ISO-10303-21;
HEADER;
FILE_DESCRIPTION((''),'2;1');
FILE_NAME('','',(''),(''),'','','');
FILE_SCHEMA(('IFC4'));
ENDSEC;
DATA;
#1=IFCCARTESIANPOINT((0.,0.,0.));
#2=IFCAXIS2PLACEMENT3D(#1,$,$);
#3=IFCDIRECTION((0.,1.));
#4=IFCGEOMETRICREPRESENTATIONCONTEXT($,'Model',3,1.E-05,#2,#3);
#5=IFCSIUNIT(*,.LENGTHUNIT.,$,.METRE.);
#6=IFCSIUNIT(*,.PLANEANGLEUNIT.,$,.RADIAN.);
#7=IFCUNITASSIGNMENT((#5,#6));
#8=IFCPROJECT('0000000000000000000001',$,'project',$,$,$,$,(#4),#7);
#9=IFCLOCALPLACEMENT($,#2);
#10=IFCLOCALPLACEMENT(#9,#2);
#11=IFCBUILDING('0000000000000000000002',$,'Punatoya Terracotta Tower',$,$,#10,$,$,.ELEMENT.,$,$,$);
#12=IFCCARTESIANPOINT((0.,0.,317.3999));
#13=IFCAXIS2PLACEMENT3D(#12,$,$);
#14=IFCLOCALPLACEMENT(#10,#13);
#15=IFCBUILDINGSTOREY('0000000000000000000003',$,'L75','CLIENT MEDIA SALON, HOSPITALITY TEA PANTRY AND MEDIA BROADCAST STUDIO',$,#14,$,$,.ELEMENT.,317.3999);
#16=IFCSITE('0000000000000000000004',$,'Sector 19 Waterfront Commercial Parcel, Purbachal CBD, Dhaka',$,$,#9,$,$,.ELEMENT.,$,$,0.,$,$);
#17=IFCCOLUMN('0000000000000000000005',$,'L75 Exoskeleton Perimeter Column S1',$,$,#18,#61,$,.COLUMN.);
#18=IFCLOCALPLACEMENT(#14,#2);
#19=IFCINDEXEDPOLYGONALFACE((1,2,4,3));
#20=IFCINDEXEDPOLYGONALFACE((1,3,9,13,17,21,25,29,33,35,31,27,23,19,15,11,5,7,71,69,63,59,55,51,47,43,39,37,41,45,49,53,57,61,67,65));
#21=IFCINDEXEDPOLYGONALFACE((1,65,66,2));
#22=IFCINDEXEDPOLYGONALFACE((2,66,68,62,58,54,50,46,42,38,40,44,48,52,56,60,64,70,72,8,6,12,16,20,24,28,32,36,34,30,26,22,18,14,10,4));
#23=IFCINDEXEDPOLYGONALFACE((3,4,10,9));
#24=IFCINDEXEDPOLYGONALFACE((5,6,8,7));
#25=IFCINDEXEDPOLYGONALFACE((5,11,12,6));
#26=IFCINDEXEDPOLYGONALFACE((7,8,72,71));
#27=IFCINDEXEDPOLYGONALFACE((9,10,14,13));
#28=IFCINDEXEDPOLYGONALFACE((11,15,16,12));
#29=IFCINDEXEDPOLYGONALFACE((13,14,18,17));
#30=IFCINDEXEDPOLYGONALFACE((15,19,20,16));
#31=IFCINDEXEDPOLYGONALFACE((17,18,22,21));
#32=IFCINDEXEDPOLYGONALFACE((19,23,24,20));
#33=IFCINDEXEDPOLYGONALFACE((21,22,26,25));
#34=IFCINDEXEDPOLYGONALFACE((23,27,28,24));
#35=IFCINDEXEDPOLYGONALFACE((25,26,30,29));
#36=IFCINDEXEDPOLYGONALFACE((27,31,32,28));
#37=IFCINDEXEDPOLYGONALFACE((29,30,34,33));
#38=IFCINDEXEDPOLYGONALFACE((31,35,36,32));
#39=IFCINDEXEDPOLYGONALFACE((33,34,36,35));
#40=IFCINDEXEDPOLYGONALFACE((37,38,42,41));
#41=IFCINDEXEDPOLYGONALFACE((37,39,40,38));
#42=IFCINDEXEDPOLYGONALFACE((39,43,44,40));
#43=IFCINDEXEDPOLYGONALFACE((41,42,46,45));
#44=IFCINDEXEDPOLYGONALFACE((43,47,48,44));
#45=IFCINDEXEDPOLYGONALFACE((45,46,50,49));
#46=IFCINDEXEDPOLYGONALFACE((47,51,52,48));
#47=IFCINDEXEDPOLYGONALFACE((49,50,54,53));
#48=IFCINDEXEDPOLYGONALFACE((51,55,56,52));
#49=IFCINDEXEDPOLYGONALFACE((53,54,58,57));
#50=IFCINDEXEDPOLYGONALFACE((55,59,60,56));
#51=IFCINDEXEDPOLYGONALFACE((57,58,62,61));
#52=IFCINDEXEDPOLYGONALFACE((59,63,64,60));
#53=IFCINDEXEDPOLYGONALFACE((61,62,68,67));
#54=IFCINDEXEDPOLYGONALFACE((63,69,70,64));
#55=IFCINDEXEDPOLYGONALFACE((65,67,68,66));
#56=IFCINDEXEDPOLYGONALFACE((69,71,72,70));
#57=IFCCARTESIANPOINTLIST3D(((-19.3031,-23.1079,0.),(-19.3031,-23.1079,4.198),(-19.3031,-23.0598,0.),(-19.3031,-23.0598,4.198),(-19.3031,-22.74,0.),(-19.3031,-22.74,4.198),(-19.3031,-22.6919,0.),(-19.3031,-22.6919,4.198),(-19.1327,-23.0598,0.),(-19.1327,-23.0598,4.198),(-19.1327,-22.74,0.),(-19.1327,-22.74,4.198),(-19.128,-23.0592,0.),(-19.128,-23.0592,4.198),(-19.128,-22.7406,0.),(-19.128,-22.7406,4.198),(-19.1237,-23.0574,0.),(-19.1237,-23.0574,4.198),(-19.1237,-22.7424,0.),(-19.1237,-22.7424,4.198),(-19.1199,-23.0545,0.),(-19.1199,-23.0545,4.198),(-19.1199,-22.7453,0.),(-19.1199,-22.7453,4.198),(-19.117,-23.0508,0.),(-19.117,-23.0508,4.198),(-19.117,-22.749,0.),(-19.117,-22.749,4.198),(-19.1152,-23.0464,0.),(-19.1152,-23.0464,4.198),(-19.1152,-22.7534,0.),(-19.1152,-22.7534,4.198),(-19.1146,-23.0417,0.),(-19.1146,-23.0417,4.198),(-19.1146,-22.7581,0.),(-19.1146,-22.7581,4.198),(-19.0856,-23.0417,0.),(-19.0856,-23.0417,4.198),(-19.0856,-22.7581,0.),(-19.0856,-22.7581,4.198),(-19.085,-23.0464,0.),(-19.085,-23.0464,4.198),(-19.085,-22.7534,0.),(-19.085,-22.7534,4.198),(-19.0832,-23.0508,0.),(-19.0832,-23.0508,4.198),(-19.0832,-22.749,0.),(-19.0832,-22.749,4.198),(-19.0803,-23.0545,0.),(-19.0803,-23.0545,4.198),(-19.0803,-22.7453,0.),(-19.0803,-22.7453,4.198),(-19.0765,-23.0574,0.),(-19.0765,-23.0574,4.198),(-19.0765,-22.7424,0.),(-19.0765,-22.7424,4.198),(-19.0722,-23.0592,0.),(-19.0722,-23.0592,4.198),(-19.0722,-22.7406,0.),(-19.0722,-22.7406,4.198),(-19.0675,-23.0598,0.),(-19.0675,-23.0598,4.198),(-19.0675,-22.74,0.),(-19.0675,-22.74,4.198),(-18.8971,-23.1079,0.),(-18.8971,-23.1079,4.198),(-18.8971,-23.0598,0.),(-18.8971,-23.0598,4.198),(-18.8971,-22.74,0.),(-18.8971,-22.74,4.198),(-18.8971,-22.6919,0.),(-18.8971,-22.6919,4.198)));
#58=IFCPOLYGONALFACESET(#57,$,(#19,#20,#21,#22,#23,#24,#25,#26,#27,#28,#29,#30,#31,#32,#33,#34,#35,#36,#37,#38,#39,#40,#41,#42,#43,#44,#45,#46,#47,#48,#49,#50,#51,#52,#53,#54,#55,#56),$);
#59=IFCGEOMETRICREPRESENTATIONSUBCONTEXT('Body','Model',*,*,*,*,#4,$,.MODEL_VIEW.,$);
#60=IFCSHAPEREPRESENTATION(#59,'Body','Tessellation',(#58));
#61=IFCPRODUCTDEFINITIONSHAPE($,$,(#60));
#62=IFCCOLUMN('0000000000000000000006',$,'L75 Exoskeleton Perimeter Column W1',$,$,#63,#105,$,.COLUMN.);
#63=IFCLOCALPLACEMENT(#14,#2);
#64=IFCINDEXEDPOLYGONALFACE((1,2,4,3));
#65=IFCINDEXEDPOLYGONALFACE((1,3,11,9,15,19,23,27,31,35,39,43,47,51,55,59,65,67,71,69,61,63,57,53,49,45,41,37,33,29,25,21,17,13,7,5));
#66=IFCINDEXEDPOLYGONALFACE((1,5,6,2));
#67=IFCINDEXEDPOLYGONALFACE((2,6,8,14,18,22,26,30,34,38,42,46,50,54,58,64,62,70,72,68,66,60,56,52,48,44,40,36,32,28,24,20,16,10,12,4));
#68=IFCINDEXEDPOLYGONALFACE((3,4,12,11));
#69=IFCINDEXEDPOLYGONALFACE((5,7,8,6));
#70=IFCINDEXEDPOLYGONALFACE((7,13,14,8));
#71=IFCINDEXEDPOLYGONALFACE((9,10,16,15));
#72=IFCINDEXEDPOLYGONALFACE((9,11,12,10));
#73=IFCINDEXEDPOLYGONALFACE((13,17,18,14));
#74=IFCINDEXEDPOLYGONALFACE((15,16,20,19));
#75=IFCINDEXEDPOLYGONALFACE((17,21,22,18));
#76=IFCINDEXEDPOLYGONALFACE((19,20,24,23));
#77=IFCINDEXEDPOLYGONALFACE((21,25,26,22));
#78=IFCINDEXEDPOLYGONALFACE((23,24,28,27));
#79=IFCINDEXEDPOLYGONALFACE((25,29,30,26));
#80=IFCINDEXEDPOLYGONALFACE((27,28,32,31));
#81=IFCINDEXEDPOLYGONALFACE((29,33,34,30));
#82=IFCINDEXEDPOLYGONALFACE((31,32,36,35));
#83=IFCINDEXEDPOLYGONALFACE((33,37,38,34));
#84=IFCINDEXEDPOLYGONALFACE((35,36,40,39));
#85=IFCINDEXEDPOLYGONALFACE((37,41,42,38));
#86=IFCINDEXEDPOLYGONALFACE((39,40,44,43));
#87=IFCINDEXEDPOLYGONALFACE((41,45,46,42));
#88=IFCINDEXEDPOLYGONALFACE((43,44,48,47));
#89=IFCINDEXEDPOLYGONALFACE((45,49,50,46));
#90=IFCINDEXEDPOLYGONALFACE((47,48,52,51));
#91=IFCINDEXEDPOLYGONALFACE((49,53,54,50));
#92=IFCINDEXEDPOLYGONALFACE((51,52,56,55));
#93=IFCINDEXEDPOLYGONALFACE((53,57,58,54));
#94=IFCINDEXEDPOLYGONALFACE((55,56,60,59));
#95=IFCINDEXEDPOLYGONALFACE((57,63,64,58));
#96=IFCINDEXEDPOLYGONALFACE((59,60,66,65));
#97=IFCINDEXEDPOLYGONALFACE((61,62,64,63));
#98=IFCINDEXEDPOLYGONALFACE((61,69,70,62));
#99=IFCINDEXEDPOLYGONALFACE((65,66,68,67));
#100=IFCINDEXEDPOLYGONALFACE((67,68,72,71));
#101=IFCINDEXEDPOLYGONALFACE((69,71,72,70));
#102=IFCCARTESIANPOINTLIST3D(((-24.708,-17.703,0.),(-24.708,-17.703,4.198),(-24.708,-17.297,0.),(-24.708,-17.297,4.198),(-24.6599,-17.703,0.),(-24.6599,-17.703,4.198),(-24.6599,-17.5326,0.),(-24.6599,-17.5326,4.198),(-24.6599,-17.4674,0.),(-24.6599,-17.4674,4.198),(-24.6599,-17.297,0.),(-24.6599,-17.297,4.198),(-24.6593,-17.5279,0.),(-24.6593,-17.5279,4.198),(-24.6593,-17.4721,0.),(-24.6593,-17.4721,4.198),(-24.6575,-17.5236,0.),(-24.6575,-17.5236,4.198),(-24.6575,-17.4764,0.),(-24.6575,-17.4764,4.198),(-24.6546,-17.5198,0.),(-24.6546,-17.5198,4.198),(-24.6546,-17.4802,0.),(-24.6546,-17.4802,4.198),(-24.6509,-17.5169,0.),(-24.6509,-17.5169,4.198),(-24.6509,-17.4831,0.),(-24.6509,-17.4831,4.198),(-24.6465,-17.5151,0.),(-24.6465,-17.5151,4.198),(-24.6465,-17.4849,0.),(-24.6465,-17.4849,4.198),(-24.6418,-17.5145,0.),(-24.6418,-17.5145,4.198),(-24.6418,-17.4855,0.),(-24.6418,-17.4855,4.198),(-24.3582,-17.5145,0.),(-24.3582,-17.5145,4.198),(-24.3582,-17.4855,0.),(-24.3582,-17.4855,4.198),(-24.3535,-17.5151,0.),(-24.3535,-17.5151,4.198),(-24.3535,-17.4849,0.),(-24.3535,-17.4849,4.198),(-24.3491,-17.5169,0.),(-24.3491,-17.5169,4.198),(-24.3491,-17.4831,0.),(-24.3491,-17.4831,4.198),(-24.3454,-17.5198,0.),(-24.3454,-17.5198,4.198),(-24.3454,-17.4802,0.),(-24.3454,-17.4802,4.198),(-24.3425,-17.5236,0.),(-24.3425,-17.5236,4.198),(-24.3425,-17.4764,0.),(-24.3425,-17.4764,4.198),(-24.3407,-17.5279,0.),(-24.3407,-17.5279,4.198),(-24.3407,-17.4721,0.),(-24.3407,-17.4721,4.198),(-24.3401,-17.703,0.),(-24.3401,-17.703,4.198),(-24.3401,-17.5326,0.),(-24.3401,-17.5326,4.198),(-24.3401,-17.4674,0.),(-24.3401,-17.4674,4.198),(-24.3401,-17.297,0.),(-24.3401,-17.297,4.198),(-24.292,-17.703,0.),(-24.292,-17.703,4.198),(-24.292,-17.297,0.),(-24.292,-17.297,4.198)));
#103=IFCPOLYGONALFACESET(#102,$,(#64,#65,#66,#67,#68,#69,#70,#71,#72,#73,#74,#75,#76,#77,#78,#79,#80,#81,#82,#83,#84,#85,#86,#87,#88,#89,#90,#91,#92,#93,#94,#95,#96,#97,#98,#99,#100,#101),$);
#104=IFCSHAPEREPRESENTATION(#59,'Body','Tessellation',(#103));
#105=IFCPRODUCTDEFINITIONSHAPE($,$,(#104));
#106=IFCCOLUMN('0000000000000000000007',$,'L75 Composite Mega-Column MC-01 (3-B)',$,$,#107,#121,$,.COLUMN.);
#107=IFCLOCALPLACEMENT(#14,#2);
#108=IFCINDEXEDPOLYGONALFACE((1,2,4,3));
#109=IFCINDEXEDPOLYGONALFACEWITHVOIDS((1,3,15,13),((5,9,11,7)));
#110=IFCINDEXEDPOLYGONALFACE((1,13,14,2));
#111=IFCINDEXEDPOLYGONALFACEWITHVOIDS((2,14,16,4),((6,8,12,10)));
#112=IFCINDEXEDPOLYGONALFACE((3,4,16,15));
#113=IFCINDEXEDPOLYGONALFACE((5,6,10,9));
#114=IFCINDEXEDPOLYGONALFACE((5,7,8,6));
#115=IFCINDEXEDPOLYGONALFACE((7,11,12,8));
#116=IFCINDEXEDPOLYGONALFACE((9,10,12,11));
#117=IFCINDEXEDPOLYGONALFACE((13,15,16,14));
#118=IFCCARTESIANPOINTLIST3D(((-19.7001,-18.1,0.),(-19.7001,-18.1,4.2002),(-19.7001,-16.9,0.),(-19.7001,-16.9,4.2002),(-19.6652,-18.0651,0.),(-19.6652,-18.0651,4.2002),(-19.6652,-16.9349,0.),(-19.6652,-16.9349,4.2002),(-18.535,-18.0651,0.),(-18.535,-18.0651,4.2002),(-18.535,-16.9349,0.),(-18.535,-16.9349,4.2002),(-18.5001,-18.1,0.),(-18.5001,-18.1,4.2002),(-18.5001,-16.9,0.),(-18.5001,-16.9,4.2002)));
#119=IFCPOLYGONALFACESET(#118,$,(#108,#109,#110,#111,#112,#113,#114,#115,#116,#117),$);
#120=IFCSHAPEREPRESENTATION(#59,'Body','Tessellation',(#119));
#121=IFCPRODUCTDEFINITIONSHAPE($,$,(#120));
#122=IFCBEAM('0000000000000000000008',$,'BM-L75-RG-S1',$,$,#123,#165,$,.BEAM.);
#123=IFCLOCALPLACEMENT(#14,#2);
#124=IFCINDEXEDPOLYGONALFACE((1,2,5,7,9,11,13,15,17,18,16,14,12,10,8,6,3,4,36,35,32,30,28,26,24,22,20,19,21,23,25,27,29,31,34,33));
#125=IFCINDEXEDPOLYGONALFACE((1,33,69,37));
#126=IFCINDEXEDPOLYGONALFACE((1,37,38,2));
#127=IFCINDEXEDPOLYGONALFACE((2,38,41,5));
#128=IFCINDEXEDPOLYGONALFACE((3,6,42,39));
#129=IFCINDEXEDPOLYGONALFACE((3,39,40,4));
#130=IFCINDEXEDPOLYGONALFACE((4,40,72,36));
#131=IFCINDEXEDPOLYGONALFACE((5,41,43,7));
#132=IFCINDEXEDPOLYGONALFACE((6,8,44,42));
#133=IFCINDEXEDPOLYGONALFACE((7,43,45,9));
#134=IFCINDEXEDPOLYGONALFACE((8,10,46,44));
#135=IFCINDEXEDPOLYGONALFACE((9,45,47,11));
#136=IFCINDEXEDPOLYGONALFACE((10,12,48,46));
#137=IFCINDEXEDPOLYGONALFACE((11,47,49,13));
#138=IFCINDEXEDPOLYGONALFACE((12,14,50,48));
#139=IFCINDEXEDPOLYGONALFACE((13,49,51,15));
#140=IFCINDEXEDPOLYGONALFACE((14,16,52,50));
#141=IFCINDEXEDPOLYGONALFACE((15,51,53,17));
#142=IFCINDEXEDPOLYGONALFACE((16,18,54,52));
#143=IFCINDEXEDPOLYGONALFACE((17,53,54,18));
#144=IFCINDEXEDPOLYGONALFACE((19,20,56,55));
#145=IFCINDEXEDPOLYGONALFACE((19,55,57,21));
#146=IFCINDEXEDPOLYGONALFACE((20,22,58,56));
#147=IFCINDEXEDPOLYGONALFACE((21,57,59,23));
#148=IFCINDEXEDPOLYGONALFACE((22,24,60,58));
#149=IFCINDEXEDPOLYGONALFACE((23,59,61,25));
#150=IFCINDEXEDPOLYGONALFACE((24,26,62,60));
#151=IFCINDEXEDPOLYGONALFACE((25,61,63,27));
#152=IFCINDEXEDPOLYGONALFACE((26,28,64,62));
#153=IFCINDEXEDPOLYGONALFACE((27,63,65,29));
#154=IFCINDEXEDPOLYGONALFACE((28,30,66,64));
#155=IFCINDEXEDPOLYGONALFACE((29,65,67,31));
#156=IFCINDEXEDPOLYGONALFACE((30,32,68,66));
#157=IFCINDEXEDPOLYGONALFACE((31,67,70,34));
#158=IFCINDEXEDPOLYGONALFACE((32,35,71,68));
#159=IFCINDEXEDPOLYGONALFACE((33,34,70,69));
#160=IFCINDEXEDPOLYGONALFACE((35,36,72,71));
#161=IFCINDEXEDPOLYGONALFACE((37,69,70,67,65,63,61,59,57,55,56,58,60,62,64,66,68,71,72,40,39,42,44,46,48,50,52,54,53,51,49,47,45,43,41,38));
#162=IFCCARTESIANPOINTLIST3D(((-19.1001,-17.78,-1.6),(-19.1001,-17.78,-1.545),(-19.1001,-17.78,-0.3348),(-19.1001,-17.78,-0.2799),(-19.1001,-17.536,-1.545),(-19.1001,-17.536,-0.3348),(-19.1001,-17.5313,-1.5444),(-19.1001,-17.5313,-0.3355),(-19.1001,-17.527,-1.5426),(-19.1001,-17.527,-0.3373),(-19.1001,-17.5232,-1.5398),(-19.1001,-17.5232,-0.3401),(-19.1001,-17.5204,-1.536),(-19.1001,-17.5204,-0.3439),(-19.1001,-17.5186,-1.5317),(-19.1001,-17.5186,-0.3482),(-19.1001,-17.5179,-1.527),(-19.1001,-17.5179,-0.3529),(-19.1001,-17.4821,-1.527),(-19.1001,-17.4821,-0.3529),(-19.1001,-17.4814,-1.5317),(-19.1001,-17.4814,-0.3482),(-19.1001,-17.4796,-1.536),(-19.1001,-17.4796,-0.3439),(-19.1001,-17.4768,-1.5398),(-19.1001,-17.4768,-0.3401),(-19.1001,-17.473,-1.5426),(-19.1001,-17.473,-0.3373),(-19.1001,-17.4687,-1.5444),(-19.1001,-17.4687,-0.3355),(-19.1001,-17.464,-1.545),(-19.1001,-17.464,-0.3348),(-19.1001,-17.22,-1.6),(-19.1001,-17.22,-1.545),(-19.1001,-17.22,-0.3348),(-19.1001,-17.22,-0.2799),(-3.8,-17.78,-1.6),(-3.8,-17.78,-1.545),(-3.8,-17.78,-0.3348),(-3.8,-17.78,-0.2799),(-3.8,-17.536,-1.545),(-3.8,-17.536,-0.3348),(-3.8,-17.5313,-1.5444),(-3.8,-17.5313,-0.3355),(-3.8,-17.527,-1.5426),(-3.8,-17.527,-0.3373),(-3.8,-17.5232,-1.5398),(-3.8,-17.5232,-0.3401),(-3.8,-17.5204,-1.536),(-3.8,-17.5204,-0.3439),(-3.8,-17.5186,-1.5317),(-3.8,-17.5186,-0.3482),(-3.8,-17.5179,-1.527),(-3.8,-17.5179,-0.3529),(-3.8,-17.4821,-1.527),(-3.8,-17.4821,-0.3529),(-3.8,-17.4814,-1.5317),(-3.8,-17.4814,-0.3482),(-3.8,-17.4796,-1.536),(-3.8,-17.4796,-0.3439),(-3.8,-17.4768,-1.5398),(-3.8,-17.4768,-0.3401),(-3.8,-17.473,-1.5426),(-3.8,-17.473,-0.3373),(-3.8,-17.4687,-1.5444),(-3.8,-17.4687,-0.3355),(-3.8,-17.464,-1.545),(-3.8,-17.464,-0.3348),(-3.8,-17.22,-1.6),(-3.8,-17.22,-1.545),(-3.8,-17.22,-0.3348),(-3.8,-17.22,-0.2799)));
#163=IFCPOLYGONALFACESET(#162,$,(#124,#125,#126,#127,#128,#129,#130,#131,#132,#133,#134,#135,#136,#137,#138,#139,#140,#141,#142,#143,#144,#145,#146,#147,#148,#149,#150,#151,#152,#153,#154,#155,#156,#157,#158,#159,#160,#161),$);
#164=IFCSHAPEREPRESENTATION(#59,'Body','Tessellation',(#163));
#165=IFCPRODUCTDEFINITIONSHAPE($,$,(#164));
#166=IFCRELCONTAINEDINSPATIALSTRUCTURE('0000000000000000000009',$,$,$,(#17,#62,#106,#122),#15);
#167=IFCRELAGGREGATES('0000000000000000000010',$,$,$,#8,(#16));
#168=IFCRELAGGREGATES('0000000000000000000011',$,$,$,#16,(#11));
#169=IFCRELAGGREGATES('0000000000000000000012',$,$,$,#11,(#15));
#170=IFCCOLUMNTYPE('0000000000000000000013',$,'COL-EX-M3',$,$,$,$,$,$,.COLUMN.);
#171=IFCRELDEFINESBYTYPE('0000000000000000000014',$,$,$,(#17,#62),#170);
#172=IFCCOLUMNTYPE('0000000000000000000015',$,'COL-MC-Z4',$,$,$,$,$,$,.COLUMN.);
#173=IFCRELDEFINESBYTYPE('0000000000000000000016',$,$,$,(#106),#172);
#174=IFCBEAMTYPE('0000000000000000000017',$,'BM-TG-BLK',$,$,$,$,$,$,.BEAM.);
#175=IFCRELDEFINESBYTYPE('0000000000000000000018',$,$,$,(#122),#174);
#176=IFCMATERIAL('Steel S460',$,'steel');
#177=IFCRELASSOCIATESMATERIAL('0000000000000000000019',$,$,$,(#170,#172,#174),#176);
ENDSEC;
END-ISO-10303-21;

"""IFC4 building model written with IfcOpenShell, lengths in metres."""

from ifc_helpers import new_model, si_unit, direction, frame, origin, origin_2d, place, context, subcontext, project, spatial, hollow_rectangle, i_section, extrude, material, material_profile, profile_set, type_object, element, save


model = new_model("IFC4")

# Units and contexts
model_context = context("Model", 3, precision=1e-05, world=origin(), true_north=direction((0.0, 1.0)))
body_context = subcontext(model_context, "Body", "Model", "MODEL_VIEW")
ifc_project = project(units=[si_unit("LENGTHUNIT", "METRE"), si_unit("PLANEANGLEUNIT", "RADIAN")], contexts=[model_context])

# Site, building, storey
site_placement = place(None, origin())
site = spatial("IfcSite", under=ifc_project, at=site_placement, Name="Sector 19 Waterfront Commercial Parcel, Purbachal CBD, Dhaka", CompositionType="ELEMENT", RefElevation=0.0)
building_placement = place(site_placement, origin())
building = spatial("IfcBuilding", under=site, at=building_placement, Name="Punatoya Terracotta Tower", CompositionType="ELEMENT")
storey_placement = place(building_placement, frame((0.0, 0.0, 317.3999)))
storey = spatial("IfcBuildingStorey", under=building, at=storey_placement, Name="L75", Description="CLIENT MEDIA SALON, HOSPITALITY TEA PANTRY AND MEDIA BROADCAST STUDIO", CompositionType="ELEMENT", Elevation=317.3999)

# Columns
ifc_material_1 = material(Name="Steel S460", Category="steel")
ifc_material_profile_1 = material_profile(ifc_material_1, i_section(OverallWidth=0.406, OverallDepth=0.416, WebThickness=0.0291, FlangeThickness=0.0481, FilletRadius=0.0181, at=origin_2d()))
ifc_profile_set_1 = profile_set([ifc_material_profile_1], Name="Steel S460")
column_type_1 = type_object("IfcColumnType", Name="COL-EX-M3", PredefinedType="COLUMN", material=ifc_profile_set_1)
for number, where, z_axis, x_axis, name in (
    (1, (-19.1001, -22.8999, 0.0), (0.0, 0.0, 1.0), (1.0, 0.0, 0.0), "L75 Exoskeleton Perimeter Column S1"),
    (2, (-24.5, -17.5, 0.0), (0.0, 0.0, 1.0), (0.0, 1.0, 0.0), "L75 Exoskeleton Perimeter Column W1"),
):
    element("IfcColumn", number, at=place(storey_placement, frame(where, z_axis=z_axis, x_axis=x_axis)), inside=storey, type_object=column_type_1, Name=name, PredefinedType="COLUMN", context=body_context, shape_type="SweptSolid", body=[
        extrude(i_section(OverallWidth=0.406, OverallDepth=0.416, WebThickness=0.0291, FlangeThickness=0.0481, FilletRadius=0.0181, at=origin_2d()), origin(), (0.0, 0.0, 1.0), 4.198),
    ])
ifc_material_profile_2 = material_profile(ifc_material_1, hollow_rectangle(XDim=1.2, YDim=1.2, WallThickness=0.0349, at=origin_2d()))
ifc_profile_set_2 = profile_set([ifc_material_profile_2], Name="Steel S460")
column_type_2 = type_object("IfcColumnType", Name="COL-MC-Z4", PredefinedType="COLUMN", material=ifc_profile_set_2)
column_placement = place(storey_placement, frame((-19.1001, -17.5, 0.0), z_axis=(0.0, 0.0, 1.0), x_axis=(1.0, 0.0, 0.0)))
element("IfcColumn", 3, at=column_placement, inside=storey, type_object=column_type_2, Name="L75 Composite Mega-Column MC-01 (3-B)", PredefinedType="COLUMN", context=body_context, shape_type="SweptSolid", body=[
    extrude(hollow_rectangle(XDim=1.2, YDim=1.2, WallThickness=0.0349, at=origin_2d()), origin(), (0.0, 0.0, 1.0), 4.2002),
])

# Beam
ifc_material_profile_3 = material_profile(ifc_material_1, i_section(OverallWidth=0.5601, OverallDepth=1.3201, WebThickness=0.0359, FlangeThickness=0.0549, FilletRadius=0.0181, at=origin_2d()))
ifc_profile_set_3 = profile_set([ifc_material_profile_3], Name="Steel S460")
beam_type = type_object("IfcBeamType", Name="BM-TG-BLK", PredefinedType="BEAM", material=ifc_profile_set_3)
beam_1_placement = place(storey_placement, frame((-19.1001, -17.5, -0.9399), z_axis=(1.0, 0.0, 0.0), x_axis=(0.0, 1.0, 0.0)))
element("IfcBeam", 4, at=beam_1_placement, inside=storey, type_object=beam_type, Name="BM-L75-RG-S1", PredefinedType="BEAM", context=body_context, shape_type="SweptSolid", body=[
    extrude(i_section(OverallWidth=0.5601, OverallDepth=1.3201, WebThickness=0.0359, FlangeThickness=0.0549, FilletRadius=0.0181, at=origin_2d()), origin(), (0.0, 0.0, 1.0), 15.3),
])

save(model, "model.ifc")
